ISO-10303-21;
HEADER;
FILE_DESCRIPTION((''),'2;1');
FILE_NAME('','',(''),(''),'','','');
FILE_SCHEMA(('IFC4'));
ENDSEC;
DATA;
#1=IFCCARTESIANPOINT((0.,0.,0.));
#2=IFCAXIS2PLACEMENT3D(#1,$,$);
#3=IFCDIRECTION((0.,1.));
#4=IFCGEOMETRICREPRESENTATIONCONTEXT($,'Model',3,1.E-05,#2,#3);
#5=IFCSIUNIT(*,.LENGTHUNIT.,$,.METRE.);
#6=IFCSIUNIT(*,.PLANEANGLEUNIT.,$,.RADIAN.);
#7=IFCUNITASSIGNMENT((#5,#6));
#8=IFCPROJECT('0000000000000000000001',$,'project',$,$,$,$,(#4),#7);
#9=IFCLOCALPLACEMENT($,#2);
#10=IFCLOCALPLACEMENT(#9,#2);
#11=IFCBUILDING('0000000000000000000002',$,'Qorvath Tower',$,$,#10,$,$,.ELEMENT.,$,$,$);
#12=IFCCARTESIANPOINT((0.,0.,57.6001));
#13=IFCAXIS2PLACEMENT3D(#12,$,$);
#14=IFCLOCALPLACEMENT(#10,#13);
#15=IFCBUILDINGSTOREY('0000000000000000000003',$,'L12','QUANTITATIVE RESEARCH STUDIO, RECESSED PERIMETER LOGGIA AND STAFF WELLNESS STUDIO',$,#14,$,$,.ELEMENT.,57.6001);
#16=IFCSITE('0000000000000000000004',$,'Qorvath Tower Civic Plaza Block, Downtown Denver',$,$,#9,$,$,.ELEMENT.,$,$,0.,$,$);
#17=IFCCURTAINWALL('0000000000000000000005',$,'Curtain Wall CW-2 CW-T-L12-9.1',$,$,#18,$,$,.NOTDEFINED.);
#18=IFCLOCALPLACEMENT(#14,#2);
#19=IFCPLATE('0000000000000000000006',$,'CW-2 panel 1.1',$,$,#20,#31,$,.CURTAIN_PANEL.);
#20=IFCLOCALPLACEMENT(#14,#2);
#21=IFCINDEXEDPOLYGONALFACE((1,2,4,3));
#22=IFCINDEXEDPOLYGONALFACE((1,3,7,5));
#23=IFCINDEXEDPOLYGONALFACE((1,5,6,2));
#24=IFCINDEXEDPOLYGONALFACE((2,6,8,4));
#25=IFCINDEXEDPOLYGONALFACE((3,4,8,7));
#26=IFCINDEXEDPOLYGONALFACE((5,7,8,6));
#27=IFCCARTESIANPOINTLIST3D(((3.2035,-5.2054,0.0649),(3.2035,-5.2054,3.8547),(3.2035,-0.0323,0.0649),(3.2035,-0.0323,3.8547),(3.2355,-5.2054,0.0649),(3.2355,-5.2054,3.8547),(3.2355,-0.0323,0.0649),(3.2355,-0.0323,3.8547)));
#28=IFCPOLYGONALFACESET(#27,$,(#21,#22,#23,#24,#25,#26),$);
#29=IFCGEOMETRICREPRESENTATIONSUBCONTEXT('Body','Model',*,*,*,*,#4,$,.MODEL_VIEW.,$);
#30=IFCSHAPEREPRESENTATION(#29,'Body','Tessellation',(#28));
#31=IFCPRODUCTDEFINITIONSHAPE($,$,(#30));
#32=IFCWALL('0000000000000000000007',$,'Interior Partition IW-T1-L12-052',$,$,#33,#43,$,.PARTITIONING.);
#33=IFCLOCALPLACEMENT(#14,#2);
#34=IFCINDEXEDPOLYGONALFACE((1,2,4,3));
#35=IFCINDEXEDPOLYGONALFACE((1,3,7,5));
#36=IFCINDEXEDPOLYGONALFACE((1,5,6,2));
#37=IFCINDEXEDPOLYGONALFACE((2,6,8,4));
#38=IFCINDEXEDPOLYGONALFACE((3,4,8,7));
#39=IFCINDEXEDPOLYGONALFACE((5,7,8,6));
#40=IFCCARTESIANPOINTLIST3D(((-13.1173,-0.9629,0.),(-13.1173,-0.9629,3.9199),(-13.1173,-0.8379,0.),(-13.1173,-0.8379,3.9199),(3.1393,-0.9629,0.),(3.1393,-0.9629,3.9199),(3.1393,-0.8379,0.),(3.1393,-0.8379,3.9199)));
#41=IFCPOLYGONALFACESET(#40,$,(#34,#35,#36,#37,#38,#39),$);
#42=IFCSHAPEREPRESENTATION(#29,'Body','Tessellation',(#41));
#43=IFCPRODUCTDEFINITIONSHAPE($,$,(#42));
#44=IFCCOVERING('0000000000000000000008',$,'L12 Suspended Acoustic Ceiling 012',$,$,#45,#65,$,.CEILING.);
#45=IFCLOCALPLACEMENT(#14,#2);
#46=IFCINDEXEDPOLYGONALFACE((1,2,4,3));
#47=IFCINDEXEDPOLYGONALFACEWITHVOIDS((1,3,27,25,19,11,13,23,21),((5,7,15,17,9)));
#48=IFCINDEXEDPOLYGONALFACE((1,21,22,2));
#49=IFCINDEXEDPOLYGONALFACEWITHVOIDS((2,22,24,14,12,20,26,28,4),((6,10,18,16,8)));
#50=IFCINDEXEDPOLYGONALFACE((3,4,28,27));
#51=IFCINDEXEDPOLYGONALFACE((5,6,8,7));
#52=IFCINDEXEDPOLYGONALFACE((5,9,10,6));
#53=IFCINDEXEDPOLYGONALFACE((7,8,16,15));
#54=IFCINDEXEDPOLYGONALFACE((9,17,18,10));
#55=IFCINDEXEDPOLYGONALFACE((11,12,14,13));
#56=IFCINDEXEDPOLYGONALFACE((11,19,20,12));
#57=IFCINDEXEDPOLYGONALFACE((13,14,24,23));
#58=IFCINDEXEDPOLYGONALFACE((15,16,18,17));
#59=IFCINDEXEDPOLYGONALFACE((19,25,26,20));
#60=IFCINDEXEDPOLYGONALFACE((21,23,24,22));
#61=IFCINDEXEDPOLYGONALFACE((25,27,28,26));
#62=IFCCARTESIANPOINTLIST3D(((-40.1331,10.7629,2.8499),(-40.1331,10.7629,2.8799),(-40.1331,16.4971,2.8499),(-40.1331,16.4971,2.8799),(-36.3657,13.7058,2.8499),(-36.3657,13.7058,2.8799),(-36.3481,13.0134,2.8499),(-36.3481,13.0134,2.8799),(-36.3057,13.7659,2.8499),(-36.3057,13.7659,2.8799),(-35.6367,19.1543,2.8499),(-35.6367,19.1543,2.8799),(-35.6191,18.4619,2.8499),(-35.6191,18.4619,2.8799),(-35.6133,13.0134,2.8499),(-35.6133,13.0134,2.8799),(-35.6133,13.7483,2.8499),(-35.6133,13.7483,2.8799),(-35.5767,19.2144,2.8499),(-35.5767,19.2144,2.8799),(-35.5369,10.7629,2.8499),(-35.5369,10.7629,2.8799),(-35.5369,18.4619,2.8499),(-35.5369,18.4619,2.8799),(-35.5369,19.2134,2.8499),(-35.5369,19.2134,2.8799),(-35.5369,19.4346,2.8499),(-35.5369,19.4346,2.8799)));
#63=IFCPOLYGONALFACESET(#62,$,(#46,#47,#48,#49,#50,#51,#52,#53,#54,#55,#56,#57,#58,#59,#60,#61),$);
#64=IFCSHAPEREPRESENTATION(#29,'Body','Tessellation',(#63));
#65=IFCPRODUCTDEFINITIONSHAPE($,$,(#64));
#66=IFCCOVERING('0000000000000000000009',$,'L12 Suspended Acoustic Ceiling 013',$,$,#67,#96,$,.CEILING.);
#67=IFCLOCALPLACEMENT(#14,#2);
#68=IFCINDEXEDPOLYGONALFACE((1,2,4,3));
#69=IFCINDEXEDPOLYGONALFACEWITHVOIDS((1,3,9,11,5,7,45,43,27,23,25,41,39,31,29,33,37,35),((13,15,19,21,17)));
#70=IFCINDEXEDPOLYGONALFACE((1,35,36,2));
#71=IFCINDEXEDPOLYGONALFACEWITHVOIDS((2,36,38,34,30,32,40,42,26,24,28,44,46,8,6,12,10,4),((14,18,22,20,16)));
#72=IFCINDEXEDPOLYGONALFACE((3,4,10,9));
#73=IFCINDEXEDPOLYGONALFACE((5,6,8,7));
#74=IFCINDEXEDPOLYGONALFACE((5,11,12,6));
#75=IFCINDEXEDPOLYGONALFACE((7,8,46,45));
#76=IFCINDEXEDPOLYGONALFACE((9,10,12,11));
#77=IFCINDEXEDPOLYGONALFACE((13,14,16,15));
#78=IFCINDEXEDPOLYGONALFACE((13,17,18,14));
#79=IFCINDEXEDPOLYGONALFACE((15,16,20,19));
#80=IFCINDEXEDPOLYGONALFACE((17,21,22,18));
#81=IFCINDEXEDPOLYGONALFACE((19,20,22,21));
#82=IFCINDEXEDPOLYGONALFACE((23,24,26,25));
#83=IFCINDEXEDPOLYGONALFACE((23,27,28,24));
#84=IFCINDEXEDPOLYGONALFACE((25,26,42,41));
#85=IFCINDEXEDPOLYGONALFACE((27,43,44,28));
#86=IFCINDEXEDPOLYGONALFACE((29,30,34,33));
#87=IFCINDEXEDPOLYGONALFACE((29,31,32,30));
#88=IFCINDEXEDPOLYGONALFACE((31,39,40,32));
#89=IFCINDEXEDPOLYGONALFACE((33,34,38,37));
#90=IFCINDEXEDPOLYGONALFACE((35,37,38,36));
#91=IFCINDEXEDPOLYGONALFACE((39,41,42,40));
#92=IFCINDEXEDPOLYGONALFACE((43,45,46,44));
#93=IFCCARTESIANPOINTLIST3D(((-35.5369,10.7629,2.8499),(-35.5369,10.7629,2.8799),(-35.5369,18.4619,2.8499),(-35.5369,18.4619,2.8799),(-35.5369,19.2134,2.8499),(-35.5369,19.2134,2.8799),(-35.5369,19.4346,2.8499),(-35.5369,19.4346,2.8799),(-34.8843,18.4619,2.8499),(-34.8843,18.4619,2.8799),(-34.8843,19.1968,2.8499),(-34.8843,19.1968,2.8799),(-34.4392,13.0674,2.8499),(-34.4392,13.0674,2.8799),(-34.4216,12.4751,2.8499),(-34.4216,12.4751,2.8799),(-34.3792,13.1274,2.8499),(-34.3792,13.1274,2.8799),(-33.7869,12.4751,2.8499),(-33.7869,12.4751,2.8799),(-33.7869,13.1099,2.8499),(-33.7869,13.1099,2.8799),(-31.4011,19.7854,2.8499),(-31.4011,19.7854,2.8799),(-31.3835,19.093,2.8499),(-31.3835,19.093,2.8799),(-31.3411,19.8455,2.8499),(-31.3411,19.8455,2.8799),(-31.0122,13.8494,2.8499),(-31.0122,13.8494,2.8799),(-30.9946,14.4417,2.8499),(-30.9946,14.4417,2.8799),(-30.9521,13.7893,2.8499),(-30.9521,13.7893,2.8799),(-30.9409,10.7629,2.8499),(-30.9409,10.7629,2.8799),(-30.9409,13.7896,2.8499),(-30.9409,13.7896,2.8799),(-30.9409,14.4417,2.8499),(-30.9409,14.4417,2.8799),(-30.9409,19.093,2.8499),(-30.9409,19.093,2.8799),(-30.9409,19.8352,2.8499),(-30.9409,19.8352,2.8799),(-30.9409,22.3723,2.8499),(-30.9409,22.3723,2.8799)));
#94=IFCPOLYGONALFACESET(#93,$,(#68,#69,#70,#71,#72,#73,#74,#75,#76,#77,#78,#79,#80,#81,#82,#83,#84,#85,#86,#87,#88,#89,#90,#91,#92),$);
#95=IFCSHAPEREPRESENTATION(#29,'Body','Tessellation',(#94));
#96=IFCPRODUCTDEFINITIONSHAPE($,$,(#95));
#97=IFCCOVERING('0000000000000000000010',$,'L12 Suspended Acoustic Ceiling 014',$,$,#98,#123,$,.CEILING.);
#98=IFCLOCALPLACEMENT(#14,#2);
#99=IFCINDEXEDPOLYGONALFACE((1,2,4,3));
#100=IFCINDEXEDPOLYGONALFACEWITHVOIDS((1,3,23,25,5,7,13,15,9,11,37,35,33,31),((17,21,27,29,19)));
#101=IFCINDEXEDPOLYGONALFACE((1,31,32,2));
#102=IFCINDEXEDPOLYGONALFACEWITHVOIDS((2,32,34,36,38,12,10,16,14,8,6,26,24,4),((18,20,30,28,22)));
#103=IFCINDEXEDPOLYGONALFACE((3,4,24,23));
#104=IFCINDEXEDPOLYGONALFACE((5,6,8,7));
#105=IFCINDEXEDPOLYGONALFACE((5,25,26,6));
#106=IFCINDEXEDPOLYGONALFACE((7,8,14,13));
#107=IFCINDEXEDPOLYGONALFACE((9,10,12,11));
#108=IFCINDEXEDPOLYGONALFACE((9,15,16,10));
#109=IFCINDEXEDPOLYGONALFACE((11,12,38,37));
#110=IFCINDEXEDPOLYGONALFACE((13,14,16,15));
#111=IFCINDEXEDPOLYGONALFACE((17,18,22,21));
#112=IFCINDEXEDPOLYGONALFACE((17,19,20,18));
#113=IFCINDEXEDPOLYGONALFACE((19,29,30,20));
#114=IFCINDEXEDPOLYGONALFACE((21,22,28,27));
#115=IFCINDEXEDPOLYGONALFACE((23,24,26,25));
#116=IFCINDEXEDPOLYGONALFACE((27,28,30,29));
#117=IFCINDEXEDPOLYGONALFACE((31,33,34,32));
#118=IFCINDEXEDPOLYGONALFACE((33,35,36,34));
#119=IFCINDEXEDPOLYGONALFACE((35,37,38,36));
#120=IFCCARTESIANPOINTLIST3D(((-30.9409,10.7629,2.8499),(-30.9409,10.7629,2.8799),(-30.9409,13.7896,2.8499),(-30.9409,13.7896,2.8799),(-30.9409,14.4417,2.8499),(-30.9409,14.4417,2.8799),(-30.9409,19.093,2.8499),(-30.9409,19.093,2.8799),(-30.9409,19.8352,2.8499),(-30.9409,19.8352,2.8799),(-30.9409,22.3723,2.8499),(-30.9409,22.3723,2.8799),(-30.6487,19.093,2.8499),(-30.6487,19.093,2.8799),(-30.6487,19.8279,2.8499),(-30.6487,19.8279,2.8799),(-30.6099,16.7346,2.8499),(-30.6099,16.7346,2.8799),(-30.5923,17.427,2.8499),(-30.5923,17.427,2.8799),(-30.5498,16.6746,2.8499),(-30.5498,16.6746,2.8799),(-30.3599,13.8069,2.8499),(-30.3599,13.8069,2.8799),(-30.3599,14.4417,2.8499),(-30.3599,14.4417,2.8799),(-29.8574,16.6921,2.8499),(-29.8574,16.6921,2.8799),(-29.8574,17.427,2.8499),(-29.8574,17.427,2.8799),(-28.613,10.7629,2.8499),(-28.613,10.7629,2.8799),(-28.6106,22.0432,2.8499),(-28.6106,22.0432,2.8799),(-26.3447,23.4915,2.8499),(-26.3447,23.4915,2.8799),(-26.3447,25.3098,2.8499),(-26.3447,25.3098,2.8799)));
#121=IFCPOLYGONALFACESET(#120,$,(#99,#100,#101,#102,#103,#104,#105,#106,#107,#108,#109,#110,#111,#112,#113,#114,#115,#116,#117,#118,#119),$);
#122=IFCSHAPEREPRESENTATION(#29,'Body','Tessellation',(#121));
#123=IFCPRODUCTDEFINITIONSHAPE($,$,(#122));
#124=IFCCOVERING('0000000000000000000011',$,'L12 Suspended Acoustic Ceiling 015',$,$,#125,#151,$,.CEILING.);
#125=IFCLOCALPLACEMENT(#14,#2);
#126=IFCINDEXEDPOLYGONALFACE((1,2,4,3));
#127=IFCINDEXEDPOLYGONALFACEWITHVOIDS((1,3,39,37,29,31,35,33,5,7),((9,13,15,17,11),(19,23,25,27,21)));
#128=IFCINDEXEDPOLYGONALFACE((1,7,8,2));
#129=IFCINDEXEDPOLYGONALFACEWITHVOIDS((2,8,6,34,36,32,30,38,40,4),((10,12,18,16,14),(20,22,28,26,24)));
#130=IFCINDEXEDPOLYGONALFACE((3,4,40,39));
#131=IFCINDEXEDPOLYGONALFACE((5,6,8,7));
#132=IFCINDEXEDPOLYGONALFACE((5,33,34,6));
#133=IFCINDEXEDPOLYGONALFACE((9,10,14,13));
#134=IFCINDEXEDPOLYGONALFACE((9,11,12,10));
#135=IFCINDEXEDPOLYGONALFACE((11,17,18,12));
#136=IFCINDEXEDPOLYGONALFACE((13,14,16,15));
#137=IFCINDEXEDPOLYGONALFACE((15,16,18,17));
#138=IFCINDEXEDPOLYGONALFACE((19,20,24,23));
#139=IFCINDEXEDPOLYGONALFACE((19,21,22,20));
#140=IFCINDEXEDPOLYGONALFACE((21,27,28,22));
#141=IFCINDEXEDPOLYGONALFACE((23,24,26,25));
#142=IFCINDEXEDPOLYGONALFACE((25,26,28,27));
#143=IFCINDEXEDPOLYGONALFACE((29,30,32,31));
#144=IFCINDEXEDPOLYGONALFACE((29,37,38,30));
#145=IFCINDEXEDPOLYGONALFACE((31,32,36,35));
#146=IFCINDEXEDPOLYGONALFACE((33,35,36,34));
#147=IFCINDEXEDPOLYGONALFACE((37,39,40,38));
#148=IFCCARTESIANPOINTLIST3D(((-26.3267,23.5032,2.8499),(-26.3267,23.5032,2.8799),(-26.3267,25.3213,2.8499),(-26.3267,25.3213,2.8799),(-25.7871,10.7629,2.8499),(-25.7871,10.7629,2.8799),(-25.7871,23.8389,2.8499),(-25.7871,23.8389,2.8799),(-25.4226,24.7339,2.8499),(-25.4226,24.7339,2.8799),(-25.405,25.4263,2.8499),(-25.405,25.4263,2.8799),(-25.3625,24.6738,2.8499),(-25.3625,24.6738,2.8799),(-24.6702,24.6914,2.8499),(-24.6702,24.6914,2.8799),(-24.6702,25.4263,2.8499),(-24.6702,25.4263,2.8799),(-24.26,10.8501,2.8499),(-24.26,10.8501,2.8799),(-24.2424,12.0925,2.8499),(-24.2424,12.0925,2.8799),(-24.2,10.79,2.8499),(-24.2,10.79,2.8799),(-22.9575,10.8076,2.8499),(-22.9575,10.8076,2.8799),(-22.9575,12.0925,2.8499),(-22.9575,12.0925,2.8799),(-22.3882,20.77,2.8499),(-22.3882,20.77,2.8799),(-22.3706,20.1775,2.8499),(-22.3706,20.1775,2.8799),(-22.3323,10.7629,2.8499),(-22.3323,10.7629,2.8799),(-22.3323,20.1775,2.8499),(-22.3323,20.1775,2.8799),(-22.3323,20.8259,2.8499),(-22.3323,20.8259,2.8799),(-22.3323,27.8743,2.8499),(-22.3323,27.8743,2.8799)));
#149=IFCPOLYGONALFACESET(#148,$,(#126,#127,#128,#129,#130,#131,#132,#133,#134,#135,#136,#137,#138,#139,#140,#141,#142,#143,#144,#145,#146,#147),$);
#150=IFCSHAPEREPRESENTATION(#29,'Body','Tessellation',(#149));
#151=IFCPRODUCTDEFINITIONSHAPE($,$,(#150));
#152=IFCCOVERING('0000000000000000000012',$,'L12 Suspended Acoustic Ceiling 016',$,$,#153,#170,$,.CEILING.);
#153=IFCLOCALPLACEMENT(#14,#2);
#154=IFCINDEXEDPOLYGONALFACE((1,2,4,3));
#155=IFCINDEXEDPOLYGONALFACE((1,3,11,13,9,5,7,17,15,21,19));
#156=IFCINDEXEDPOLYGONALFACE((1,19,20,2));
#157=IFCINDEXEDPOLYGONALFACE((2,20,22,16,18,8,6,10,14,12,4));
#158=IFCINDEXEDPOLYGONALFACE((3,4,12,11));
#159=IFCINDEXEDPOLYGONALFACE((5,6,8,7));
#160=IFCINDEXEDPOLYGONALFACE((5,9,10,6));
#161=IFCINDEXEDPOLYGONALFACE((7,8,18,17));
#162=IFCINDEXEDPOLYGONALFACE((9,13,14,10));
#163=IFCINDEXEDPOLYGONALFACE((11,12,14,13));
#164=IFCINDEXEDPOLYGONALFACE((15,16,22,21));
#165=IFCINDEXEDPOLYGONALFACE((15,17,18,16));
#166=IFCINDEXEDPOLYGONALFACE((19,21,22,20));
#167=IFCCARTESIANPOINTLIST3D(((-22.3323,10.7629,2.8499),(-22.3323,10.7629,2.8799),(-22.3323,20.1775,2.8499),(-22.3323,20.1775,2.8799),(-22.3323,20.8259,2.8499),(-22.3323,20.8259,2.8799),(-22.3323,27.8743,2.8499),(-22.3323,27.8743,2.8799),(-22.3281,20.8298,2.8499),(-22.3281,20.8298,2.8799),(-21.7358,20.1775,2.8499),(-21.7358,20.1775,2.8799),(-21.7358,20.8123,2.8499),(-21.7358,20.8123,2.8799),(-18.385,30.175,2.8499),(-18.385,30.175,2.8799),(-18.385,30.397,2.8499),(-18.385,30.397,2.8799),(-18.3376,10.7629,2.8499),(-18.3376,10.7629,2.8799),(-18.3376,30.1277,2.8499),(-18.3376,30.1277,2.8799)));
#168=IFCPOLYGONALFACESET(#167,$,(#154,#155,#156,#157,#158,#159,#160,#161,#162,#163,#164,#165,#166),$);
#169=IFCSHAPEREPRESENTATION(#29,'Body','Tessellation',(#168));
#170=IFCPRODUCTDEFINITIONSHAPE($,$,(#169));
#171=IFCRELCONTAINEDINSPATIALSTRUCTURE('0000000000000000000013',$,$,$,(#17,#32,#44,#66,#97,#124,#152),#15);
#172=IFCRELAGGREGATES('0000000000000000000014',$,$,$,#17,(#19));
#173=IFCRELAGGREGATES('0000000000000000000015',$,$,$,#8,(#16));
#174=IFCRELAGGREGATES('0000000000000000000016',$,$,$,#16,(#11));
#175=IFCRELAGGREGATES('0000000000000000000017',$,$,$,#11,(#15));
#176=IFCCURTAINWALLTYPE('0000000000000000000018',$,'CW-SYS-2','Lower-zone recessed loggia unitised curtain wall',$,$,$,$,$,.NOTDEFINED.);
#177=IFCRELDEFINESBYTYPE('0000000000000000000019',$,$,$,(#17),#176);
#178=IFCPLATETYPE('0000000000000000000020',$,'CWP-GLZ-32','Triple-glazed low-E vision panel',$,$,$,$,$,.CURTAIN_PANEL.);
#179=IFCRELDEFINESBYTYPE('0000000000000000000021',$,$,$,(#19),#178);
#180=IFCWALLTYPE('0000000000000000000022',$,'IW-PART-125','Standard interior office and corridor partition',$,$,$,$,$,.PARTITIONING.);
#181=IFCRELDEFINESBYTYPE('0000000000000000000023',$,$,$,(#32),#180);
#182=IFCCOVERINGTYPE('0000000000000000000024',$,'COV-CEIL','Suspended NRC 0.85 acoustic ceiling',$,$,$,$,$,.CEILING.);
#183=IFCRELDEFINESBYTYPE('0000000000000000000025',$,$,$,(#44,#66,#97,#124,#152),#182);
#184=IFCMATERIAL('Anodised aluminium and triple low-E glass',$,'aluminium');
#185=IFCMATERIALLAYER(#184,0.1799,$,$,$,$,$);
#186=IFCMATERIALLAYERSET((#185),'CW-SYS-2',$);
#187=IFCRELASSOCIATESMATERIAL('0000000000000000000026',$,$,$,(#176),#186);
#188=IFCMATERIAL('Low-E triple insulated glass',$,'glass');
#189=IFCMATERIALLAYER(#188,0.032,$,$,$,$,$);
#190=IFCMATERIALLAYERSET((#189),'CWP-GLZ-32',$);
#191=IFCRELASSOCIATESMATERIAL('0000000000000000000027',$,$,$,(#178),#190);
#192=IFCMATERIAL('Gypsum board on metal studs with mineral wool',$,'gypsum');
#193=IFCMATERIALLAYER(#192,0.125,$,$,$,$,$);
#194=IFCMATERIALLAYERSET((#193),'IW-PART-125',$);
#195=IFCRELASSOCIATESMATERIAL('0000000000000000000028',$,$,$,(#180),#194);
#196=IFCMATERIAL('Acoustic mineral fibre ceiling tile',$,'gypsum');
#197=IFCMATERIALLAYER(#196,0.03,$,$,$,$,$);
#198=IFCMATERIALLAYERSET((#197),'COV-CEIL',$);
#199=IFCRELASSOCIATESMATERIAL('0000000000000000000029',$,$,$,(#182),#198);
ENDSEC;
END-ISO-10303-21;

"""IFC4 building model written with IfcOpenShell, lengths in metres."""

from ifc_helpers import new_model, si_unit, direction, frame, frame_2d, origin, origin_2d, place, context, subcontext, project, spatial, polyline, rectangle, outline, extrude, material, layer, layer_set, type_object, element, aggregate, save


model = new_model("IFC4")

# Units and contexts
model_context = context("Model", 3, precision=1e-05, world=origin(), true_north=direction((0.0, 1.0)))
body_context = subcontext(model_context, "Body", "Model", "MODEL_VIEW")
ifc_project = project(units=[si_unit("LENGTHUNIT", "METRE"), si_unit("PLANEANGLEUNIT", "RADIAN")], contexts=[model_context])

# Site, building, storey
site_placement = place(None, origin())
site = spatial("IfcSite", under=ifc_project, at=site_placement, Name="Qorvath Tower Civic Plaza Block, Downtown Denver", CompositionType="ELEMENT", RefElevation=0.0)
building_placement = place(site_placement, origin())
building = spatial("IfcBuilding", under=site, at=building_placement, Name="Qorvath Tower", CompositionType="ELEMENT")
storey_placement = place(building_placement, frame((0.0, 0.0, 57.6001)))
storey = spatial("IfcBuildingStorey", under=building, at=storey_placement, Name="L12", Description="QUANTITATIVE RESEARCH STUDIO, RECESSED PERIMETER LOGGIA AND STAFF WELLNESS STUDIO", CompositionType="ELEMENT", Elevation=57.6001)

# Curtain wall, plate
ifc_material_1 = material(Name="Anodised aluminium and triple low-E glass", Category="aluminium")
ifc_layer_1 = layer(ifc_material_1, 0.1799)
ifc_layer_set_1 = layer_set([ifc_layer_1], Name="CW-SYS-2")
curtain_wall_type = type_object("IfcCurtainWallType", Name="CW-SYS-2", Description="Lower-zone recessed loggia unitised curtain wall", PredefinedType="NOTDEFINED", material=ifc_layer_set_1)
curtain_wall_placement = place(storey_placement, origin())
curtain_wall = element("IfcCurtainWall", 1, at=curtain_wall_placement, inside=storey, type_object=curtain_wall_type, Name="Curtain Wall CW-2 CW-T-L12-9.1", PredefinedType="NOTDEFINED")
ifc_material_2 = material(Name="Low-E triple insulated glass", Category="glass")
ifc_layer_2 = layer(ifc_material_2, 0.032)
ifc_layer_set_2 = layer_set([ifc_layer_2], Name="CWP-GLZ-32")
plate_type = type_object("IfcPlateType", Name="CWP-GLZ-32", Description="Triple-glazed low-E vision panel", PredefinedType="CURTAIN_PANEL", material=ifc_layer_set_2)
plate_placement = place(storey_placement, frame((3.2195, -2.6189, 0.0649), z_axis=(0.0, 0.0, 1.0), x_axis=(0.0, 1.0, 0.0)))
plate = element("IfcPlate", 2, at=plate_placement, type_object=plate_type, Name="CW-2 panel 1.1", PredefinedType="CURTAIN_PANEL", context=body_context, shape_type="SweptSolid", body=[
    extrude(rectangle(XDim=5.1731, YDim=0.032, at=origin_2d()), origin(), (0.0, 0.0, 1.0), 3.7898),
])
aggregate(curtain_wall, [plate])

# Wall
ifc_material_3 = material(Name="Gypsum board on metal studs with mineral wool", Category="gypsum")
ifc_layer_3 = layer(ifc_material_3, 0.125)
ifc_layer_set_3 = layer_set([ifc_layer_3], Name="IW-PART-125")
wall_type = type_object("IfcWallType", Name="IW-PART-125", Description="Standard interior office and corridor partition", PredefinedType="PARTITIONING", material=ifc_layer_set_3)
wall_placement = place(storey_placement, frame((3.1394, -0.9004, 0.0), z_axis=(0.0, 0.0, 1.0), x_axis=(-1.0, 0.0, 0.0)))
element("IfcWall", 3, at=wall_placement, inside=storey, type_object=wall_type, Name="Interior Partition IW-T1-L12-052", PredefinedType="PARTITIONING", context=body_context, shape_type="SweptSolid", body=[
    extrude(rectangle(XDim=16.2566, YDim=0.125, at=frame_2d((8.1284, 0.0))), origin(), (0.0, 0.0, 1.0), 3.9199),
])

# Coverings
ifc_material_4 = material(Name="Acoustic mineral fibre ceiling tile", Category="gypsum")
ifc_layer_4 = layer(ifc_material_4, 0.03)
ifc_layer_set_4 = layer_set([ifc_layer_4], Name="COV-CEIL")
covering_type_1 = type_object("IfcCoveringType", Name="COV-CEIL", Description="Suspended NRC 0.85 acoustic ceiling", PredefinedType="CEILING", material=ifc_layer_set_4)
covering_1_placement = place(storey_placement, frame((0.0, 0.0, 2.8499)))
element("IfcCovering", 4, at=covering_1_placement, inside=storey, type_object=covering_type_1, Name="L12 Suspended Acoustic Ceiling 012", PredefinedType="CEILING", context=body_context, shape_type="SweptSolid", body=[
    extrude(outline(polyline([(-35.5369, 10.7629), (-35.5369, 18.4619), (-35.6191, 18.4619), (-35.6367, 19.1543), (-35.5767, 19.2144), (-35.5369, 19.2134), (-35.5369, 19.4346), (-40.1331, 16.4971), (-40.1331, 10.7629), (-35.5369, 10.7629)]), holes=[polyline([(-36.3657, 13.7058), (-36.3057, 13.7659), (-35.6133, 13.7483), (-35.6133, 13.0134), (-36.3481, 13.0134), (-36.3657, 13.7058)])]), origin(), (0.0, 0.0, 1.0), 0.03),
])
covering_2_placement = place(storey_placement, frame((0.0, 0.0, 2.8499)))
element("IfcCovering", 5, at=covering_2_placement, inside=storey, type_object=covering_type_1, Name="L12 Suspended Acoustic Ceiling 013", PredefinedType="CEILING", context=body_context, shape_type="SweptSolid", body=[
    extrude(outline(polyline([(-30.9409, 10.7629), (-30.9409, 13.7896), (-30.9521, 13.7893), (-31.0122, 13.8494), (-30.9946, 14.4417), (-30.9409, 14.4417), (-30.9409, 19.093), (-31.3835, 19.093), (-31.4011, 19.7854), (-31.3411, 19.8455), (-30.9409, 19.8352), (-30.9409, 22.3723), (-35.5369, 19.4346), (-35.5369, 19.2134), (-34.8843, 19.1968), (-34.8843, 18.4619), (-35.5369, 18.4619), (-35.5369, 10.7629), (-30.9409, 10.7629)]), holes=[polyline([(-34.4392, 13.0674), (-34.3792, 13.1274), (-33.7869, 13.1099), (-33.7869, 12.4751), (-34.4216, 12.4751), (-34.4392, 13.0674)])]), origin(), (0.0, 0.0, 1.0), 0.03),
])
covering_3_placement = place(storey_placement, frame((0.0, 0.0, 2.8499)))
element("IfcCovering", 6, at=covering_3_placement, inside=storey, type_object=covering_type_1, Name="L12 Suspended Acoustic Ceiling 014", PredefinedType="CEILING", context=body_context, shape_type="SweptSolid", body=[
    extrude(outline(polyline([(-28.6106, 22.0432), (-26.3447, 23.4915), (-26.3447, 25.3098), (-30.9409, 22.3723), (-30.9409, 19.8352), (-30.6487, 19.8279), (-30.6487, 19.093), (-30.9409, 19.093), (-30.9409, 14.4417), (-30.3599, 14.4417), (-30.3599, 13.8069), (-30.9409, 13.7896), (-30.9409, 10.7629), (-28.613, 10.7629), (-28.6106, 22.0432)]), holes=[polyline([(-30.6099, 16.7346), (-30.5923, 17.427), (-29.8574, 17.427), (-29.8574, 16.6921), (-30.5498, 16.6746), (-30.6099, 16.7346)])]), origin(), (0.0, 0.0, 1.0), 0.03),
])
covering_4_placement = place(storey_placement, frame((0.0, 0.0, 2.8499)))
element("IfcCovering", 7, at=covering_4_placement, inside=storey, type_object=covering_type_1, Name="L12 Suspended Acoustic Ceiling 015", PredefinedType="CEILING", context=body_context, shape_type="SweptSolid", body=[
    extrude(outline(polyline([(-22.3323, 10.7629), (-22.3323, 20.1775), (-22.3706, 20.1775), (-22.3882, 20.77), (-22.3323, 20.8259), (-22.3323, 27.8743), (-26.3267, 25.3213), (-26.3267, 23.5032), (-25.7871, 23.8389), (-25.7871, 10.7629), (-22.3323, 10.7629)]), holes=[polyline([(-24.26, 10.8501), (-24.2424, 12.0925), (-22.9575, 12.0925), (-22.9575, 10.8076), (-24.2, 10.79), (-24.26, 10.8501)]), polyline([(-25.4226, 24.7339), (-25.405, 25.4263), (-24.6702, 25.4263), (-24.6702, 24.6914), (-25.3625, 24.6738), (-25.4226, 24.7339)])]), origin(), (0.0, 0.0, 1.0), 0.03),
])
covering_5_placement = place(storey_placement, frame((0.0, 0.0, 2.8499)))
element("IfcCovering", 8, at=covering_5_placement, inside=storey, type_object=covering_type_1, Name="L12 Suspended Acoustic Ceiling 016", PredefinedType="CEILING", context=body_context, shape_type="SweptSolid", body=[
    extrude(outline(polyline([(-18.3376, 10.7629), (-18.3376, 30.1277), (-18.385, 30.175), (-18.385, 30.397), (-22.3323, 27.8743), (-22.3323, 20.8259), (-22.3281, 20.8298), (-21.7358, 20.8123), (-21.7358, 20.1775), (-22.3323, 20.1775), (-22.3323, 10.7629), (-18.3376, 10.7629)])), origin(), (0.0, 0.0, 1.0), 0.03),
])

save(model, "model.ifc")
